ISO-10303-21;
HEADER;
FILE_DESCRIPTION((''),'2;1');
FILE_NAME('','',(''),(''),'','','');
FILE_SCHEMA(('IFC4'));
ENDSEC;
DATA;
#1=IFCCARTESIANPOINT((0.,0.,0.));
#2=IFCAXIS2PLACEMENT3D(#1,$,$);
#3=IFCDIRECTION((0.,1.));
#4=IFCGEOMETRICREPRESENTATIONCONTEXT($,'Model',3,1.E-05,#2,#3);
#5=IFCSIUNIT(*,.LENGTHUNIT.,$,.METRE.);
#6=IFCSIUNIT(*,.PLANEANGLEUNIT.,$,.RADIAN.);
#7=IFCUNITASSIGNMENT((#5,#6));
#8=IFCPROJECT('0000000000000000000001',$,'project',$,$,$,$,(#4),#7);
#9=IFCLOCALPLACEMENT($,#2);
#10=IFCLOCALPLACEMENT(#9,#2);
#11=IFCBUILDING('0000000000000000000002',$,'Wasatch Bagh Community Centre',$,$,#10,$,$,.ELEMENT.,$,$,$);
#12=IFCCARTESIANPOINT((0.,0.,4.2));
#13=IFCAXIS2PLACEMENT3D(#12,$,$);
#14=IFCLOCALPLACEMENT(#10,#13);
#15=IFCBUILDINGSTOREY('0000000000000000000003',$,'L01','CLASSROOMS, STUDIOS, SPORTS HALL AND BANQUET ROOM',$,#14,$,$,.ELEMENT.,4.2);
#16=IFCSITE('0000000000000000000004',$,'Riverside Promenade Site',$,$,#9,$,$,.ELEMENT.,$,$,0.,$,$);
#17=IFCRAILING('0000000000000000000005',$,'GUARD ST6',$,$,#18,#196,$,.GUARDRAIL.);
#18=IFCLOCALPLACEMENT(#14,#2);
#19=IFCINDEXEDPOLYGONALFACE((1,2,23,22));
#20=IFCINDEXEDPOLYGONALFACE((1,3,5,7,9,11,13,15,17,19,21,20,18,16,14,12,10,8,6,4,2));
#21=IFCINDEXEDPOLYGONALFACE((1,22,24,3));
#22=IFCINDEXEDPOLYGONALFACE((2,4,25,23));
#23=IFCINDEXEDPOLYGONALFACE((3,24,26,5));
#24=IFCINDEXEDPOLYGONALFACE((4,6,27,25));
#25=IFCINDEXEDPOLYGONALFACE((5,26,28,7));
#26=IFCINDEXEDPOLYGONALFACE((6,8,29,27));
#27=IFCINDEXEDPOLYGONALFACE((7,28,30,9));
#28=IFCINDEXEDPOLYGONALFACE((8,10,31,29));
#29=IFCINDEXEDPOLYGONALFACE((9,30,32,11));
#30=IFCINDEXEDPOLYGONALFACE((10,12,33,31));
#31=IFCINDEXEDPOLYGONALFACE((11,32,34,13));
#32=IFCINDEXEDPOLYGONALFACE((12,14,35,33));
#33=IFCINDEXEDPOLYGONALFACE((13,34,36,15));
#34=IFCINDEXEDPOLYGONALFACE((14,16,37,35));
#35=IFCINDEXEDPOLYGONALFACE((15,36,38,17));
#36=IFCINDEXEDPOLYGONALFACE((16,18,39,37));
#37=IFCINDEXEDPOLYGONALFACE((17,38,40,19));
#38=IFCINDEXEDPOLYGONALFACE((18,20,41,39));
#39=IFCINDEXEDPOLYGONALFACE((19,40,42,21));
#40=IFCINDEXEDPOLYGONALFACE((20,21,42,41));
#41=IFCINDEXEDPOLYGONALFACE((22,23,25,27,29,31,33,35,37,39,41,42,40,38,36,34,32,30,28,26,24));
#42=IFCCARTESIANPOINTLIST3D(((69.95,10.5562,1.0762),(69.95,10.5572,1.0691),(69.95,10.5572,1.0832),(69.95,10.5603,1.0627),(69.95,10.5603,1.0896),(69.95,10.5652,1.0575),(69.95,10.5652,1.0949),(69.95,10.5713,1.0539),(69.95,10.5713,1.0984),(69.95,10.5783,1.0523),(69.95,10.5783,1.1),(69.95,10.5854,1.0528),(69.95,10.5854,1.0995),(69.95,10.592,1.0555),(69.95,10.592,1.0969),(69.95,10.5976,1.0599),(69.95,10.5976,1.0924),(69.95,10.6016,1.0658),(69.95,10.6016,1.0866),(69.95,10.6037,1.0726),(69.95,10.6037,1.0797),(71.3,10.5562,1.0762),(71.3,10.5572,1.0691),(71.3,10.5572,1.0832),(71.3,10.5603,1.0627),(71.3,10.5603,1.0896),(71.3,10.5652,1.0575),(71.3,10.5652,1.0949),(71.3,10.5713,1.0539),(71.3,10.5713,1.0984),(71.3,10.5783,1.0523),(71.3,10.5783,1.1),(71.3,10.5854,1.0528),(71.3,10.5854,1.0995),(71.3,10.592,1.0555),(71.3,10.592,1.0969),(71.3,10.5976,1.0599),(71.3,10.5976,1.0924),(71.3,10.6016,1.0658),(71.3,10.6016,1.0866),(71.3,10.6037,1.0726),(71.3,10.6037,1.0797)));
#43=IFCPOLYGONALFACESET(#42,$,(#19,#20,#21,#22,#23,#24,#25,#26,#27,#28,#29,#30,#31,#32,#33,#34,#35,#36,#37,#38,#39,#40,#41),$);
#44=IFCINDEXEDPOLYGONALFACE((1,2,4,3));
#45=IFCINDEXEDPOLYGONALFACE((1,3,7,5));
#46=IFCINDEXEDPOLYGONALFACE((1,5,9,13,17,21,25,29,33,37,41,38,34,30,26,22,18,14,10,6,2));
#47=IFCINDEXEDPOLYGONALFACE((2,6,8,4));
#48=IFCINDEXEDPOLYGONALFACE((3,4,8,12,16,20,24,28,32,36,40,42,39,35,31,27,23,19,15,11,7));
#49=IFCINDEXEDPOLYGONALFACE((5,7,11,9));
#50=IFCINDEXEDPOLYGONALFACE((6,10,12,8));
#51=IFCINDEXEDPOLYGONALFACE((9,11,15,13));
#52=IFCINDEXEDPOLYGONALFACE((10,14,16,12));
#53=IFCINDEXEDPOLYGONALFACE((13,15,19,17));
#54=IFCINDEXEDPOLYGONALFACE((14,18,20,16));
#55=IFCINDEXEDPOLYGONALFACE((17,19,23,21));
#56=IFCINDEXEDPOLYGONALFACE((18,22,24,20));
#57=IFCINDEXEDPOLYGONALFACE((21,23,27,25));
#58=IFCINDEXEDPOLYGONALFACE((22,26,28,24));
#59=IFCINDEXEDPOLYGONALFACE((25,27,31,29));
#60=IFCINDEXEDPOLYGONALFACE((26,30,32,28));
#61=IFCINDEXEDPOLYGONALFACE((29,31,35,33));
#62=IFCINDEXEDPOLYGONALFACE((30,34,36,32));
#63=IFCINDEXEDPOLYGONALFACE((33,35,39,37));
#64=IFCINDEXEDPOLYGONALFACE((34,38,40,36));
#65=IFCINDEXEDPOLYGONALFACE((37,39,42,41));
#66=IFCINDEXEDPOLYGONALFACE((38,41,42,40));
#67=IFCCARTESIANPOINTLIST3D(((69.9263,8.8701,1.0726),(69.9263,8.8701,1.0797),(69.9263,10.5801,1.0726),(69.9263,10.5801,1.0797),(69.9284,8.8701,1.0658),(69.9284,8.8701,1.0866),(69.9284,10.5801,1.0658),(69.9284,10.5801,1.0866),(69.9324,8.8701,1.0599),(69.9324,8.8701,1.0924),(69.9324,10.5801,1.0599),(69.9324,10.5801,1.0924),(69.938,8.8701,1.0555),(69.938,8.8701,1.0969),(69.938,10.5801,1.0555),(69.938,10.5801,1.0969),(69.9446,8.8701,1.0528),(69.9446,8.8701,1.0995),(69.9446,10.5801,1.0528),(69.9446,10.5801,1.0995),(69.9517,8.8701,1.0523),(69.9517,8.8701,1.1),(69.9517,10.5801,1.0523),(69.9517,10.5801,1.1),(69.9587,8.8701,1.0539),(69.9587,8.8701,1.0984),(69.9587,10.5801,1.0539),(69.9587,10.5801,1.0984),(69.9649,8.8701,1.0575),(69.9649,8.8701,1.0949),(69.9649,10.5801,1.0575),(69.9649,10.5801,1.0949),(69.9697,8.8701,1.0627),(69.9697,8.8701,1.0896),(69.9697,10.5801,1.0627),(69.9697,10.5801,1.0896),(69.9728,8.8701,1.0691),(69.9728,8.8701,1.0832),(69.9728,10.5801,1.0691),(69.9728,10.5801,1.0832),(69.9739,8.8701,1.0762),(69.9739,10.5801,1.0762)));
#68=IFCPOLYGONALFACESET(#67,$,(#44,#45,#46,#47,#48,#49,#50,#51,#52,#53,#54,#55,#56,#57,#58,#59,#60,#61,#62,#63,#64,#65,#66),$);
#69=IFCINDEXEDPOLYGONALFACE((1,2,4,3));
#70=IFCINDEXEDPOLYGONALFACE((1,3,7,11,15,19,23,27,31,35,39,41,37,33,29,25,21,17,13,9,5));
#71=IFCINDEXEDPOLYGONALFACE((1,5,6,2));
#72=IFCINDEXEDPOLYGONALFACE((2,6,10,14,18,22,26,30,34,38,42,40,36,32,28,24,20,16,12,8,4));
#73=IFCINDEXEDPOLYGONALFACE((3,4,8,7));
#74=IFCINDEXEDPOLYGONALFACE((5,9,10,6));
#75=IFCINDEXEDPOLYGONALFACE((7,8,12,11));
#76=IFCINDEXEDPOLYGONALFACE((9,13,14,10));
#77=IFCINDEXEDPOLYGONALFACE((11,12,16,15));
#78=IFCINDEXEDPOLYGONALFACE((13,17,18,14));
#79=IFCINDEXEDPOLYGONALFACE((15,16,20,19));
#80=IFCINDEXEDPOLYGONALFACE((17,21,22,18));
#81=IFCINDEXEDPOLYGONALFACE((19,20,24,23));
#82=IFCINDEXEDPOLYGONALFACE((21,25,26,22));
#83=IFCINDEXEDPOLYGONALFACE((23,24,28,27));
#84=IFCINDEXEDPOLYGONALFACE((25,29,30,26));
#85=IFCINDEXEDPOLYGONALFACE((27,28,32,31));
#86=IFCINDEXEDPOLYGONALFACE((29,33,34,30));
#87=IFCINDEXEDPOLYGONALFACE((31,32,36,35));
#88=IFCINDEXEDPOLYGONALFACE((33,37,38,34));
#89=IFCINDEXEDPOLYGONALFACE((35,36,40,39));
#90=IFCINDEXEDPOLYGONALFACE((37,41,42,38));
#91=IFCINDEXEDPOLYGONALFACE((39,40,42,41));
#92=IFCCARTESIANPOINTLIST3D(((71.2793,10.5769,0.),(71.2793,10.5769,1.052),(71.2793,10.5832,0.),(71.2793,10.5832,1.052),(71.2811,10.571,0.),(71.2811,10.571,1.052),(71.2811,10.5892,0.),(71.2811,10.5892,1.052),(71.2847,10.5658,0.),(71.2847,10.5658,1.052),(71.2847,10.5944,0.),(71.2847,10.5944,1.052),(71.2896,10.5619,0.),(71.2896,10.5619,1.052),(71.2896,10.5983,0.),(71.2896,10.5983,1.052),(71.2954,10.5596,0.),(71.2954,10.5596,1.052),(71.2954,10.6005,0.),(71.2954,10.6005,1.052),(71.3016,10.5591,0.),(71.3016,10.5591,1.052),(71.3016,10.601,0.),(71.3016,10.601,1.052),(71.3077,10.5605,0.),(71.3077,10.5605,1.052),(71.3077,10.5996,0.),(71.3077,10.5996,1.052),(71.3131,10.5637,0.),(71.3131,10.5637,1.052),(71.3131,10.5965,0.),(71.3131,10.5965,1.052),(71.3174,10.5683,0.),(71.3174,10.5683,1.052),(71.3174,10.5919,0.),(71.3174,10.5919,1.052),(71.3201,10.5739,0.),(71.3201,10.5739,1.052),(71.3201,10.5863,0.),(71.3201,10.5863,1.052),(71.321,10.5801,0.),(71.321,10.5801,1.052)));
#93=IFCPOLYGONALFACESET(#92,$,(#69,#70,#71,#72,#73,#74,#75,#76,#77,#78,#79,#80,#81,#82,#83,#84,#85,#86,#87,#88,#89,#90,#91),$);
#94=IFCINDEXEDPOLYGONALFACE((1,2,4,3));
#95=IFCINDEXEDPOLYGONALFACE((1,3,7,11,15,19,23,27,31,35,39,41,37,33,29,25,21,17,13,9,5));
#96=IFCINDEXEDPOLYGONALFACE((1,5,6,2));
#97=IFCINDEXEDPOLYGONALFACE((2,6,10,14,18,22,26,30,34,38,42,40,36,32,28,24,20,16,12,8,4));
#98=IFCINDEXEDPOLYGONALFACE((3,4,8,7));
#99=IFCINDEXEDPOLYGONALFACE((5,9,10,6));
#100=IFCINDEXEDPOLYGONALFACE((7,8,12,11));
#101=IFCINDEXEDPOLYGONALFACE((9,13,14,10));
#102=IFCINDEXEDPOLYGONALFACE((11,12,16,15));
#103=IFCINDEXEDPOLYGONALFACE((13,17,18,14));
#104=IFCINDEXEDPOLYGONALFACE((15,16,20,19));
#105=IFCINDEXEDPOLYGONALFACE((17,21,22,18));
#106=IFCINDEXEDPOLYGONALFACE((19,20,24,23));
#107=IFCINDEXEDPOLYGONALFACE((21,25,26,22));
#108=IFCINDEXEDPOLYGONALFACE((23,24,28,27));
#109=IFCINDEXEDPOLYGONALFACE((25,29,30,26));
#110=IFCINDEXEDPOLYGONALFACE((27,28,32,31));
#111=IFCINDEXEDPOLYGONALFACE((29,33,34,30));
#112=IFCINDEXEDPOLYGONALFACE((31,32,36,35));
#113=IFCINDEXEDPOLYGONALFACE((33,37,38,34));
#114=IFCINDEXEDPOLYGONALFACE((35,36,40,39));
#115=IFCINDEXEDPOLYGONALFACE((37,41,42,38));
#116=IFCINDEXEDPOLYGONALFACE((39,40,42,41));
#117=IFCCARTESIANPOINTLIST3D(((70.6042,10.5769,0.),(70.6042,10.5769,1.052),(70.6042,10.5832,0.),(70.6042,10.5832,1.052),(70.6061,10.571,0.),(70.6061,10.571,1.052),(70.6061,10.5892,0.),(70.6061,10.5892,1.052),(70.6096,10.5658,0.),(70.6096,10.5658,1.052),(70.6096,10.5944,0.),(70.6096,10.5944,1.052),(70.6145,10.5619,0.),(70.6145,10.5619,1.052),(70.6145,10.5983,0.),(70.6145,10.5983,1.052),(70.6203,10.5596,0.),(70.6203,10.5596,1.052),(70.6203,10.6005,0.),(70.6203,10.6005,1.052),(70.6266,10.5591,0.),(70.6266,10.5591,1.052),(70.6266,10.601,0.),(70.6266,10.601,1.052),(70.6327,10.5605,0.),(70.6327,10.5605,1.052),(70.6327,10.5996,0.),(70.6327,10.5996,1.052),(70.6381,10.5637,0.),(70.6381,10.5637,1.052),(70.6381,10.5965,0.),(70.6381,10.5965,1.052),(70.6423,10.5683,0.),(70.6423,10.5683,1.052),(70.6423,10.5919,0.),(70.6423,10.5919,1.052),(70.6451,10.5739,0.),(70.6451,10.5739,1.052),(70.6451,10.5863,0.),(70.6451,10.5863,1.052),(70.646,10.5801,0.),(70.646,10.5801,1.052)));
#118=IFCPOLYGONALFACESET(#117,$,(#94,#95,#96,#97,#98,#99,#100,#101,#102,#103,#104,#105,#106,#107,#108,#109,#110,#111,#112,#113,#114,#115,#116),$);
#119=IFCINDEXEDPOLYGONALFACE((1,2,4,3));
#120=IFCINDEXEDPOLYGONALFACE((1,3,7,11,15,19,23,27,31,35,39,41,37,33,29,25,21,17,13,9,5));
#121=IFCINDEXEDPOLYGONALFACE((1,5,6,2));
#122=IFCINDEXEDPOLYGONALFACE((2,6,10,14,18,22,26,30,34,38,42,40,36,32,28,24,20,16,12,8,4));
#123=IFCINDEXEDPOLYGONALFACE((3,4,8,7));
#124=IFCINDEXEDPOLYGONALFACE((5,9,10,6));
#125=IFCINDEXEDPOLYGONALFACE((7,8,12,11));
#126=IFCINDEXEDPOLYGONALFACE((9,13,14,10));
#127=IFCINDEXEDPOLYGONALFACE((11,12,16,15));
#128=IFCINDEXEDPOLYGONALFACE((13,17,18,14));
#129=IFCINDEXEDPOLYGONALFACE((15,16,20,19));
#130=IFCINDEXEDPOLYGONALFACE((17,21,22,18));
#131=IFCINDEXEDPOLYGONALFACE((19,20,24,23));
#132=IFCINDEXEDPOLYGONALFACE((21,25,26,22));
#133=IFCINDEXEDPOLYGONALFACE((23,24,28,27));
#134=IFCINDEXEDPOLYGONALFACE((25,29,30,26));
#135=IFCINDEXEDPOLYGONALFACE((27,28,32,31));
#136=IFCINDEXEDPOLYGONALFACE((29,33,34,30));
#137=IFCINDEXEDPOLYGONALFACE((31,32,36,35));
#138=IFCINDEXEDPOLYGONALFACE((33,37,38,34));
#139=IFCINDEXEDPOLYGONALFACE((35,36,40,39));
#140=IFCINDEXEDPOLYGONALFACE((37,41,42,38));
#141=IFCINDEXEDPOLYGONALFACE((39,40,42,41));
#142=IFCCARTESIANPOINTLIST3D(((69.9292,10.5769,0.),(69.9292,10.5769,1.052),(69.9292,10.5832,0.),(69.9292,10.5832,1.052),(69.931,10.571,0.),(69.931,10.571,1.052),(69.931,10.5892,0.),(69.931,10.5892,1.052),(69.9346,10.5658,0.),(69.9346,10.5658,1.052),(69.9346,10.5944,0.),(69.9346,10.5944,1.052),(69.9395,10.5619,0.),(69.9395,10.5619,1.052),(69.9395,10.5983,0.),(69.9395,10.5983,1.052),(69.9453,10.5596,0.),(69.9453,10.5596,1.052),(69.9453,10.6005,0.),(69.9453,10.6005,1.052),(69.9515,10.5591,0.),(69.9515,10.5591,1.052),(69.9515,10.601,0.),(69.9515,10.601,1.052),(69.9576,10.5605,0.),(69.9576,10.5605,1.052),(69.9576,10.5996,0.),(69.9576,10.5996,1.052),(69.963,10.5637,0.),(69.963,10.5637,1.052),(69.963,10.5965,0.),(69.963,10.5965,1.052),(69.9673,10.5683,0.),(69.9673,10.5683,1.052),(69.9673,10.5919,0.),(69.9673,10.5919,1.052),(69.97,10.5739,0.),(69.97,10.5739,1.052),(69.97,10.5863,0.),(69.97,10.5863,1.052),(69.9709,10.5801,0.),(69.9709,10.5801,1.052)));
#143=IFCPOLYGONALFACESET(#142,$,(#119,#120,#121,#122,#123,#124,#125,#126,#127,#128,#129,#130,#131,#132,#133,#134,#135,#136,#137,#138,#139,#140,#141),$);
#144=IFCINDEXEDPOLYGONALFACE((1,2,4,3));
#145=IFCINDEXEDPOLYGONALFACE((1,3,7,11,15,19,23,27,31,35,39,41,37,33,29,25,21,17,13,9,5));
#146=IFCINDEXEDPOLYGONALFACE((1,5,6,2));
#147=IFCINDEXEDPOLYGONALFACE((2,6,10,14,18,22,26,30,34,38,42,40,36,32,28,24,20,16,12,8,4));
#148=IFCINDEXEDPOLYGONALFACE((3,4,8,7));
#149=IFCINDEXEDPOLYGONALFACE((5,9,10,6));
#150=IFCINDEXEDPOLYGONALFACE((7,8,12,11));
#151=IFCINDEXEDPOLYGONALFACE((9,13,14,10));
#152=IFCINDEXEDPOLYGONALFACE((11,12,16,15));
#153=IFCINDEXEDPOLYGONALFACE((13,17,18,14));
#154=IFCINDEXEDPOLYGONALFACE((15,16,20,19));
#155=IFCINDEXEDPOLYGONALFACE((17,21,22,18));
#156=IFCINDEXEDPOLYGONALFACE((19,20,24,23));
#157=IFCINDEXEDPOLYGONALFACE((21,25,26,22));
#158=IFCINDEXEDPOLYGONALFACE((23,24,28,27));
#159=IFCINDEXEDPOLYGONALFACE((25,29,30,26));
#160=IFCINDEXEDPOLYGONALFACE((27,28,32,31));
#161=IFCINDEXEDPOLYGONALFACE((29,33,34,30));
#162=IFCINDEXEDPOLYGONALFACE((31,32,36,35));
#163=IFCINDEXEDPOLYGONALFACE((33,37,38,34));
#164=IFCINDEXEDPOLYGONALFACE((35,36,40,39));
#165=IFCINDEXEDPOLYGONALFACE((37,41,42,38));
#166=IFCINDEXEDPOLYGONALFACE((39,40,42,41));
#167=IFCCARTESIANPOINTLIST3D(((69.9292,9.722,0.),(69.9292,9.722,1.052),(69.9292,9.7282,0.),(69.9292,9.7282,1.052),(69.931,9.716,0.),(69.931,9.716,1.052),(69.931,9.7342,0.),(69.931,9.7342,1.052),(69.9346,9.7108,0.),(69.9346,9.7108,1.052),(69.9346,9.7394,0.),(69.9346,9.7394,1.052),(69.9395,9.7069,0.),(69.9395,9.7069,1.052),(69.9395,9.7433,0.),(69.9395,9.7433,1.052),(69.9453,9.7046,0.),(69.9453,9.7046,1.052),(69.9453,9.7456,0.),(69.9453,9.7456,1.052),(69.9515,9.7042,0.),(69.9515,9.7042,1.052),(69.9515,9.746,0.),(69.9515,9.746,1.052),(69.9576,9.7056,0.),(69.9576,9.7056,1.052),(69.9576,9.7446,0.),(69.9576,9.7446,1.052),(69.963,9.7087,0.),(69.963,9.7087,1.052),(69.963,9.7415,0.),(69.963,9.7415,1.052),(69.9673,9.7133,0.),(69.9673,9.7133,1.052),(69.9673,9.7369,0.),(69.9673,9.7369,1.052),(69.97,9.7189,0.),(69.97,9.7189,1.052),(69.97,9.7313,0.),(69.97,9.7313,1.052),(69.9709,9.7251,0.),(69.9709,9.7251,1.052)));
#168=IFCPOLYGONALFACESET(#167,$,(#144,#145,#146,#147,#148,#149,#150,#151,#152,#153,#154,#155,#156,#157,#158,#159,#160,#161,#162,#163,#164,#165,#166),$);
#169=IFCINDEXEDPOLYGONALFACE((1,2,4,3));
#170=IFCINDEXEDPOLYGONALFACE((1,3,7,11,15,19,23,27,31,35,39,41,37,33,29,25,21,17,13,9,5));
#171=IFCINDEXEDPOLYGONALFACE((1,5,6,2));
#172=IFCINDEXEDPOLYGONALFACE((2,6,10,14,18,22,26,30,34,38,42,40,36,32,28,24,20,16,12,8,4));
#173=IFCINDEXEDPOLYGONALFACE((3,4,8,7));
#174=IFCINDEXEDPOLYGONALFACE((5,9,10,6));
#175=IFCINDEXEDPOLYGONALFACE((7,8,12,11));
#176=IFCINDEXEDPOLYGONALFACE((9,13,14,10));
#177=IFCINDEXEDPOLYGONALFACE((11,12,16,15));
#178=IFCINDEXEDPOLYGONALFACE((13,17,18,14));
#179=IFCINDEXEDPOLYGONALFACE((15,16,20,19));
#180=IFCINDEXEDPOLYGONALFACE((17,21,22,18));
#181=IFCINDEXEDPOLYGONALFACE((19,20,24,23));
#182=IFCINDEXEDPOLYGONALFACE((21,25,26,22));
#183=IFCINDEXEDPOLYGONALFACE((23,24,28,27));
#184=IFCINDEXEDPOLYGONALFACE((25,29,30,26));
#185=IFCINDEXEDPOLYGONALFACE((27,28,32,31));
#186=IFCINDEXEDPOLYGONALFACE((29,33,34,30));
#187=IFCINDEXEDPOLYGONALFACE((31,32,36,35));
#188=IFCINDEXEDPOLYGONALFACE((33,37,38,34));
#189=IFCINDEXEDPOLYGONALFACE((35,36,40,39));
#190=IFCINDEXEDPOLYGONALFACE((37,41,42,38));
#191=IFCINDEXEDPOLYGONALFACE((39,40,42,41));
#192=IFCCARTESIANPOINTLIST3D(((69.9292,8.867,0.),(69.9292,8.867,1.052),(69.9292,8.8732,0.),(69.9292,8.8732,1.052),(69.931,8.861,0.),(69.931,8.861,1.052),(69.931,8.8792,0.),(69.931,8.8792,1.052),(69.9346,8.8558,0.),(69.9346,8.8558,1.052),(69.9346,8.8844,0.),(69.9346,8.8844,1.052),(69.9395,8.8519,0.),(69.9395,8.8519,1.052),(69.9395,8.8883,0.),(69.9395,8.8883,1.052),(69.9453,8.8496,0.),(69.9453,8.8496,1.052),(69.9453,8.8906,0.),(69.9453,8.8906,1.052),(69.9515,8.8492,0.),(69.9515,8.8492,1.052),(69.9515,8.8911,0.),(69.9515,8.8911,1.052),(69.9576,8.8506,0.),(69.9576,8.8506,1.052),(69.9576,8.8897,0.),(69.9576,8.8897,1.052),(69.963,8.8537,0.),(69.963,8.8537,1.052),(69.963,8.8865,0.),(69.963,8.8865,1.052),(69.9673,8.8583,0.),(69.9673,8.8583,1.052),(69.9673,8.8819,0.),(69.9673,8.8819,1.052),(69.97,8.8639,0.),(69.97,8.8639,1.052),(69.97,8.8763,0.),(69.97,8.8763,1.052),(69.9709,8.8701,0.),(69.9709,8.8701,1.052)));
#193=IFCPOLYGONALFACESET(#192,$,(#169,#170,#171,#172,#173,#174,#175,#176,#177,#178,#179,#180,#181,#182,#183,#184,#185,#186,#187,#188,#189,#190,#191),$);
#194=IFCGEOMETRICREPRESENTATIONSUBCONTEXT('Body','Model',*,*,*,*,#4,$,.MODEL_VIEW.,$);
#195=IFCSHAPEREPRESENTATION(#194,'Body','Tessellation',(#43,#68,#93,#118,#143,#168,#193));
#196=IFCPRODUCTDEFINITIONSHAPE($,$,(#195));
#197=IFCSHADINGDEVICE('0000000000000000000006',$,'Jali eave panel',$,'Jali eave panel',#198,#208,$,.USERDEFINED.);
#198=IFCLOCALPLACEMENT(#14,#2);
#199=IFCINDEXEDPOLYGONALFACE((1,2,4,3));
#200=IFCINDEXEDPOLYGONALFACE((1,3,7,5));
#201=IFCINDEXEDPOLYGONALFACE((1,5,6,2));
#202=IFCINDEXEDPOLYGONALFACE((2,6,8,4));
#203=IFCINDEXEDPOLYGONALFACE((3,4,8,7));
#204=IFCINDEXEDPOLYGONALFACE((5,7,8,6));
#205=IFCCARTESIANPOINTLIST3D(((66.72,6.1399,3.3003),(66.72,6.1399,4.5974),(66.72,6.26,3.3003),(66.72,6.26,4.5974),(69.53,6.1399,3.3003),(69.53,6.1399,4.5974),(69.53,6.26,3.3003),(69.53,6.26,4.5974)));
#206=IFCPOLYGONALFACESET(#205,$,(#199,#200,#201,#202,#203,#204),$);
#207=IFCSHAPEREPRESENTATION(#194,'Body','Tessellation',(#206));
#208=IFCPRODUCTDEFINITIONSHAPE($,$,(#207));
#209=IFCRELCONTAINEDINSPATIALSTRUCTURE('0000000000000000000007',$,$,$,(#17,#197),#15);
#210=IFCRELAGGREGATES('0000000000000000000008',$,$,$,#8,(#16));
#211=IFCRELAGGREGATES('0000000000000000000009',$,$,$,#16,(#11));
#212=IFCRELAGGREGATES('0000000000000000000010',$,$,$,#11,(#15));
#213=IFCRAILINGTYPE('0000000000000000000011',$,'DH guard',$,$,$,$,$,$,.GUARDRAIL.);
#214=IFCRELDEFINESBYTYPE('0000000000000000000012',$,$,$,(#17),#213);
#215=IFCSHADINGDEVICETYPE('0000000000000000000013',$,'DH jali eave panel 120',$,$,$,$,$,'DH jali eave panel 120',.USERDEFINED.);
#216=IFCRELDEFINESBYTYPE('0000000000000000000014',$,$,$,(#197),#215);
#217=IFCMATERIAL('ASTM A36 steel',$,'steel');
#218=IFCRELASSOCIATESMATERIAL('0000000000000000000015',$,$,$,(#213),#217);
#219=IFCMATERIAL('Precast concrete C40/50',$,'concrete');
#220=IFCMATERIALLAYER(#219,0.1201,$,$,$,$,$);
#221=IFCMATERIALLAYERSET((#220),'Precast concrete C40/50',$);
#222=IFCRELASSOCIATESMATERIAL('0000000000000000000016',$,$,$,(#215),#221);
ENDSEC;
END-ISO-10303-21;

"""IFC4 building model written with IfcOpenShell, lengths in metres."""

from ifc_helpers import new_model, si_unit, direction, frame, origin, origin_2d, place, context, subcontext, project, spatial, rectangle, circle, extrude, material, layer, layer_set, type_object, element, save


model = new_model("IFC4")

# Units and contexts
model_context = context("Model", 3, precision=1e-05, world=origin(), true_north=direction((0.0, 1.0)))
body_context = subcontext(model_context, "Body", "Model", "MODEL_VIEW")
ifc_project = project(units=[si_unit("LENGTHUNIT", "METRE"), si_unit("PLANEANGLEUNIT", "RADIAN")], contexts=[model_context])

# Site, building, storey
site_placement = place(None, origin())
site = spatial("IfcSite", under=ifc_project, at=site_placement, Name="Riverside Promenade Site", CompositionType="ELEMENT", RefElevation=0.0)
building_placement = place(site_placement, origin())
building = spatial("IfcBuilding", under=site, at=building_placement, Name="Wasatch Bagh Community Centre", CompositionType="ELEMENT")
storey_placement = place(building_placement, frame((0.0, 0.0, 4.2)))
storey = spatial("IfcBuildingStorey", under=building, at=storey_placement, Name="L01", Description="CLASSROOMS, STUDIOS, SPORTS HALL AND BANQUET ROOM", CompositionType="ELEMENT", Elevation=4.2)

# Railing
ifc_material_1 = material(Name="ASTM A36 steel", Category="steel")
railing_type = type_object("IfcRailingType", Name="DH guard", PredefinedType="GUARDRAIL", material=ifc_material_1)
railing_1_placement = place(storey_placement, frame((71.3, 10.5801, 0.0)))
element("IfcRailing", 1, at=railing_1_placement, inside=storey, type_object=railing_type, Name="GUARD ST6", PredefinedType="GUARDRAIL", context=body_context, shape_type="SweptSolid", body=[
    extrude(circle(Radius=0.0239, at=origin_2d()), frame((0.0, 0.0, 1.0762), z_axis=(-1.0, 0.0, 0.0), x_axis=(0.0, -1.0, 0.0)), (0.0, 0.0, 1.0), 1.3501),
    extrude(circle(Radius=0.0239, at=origin_2d()), frame((-1.3501, 0.0, 1.0762), z_axis=(0.0, -1.0, 0.0), x_axis=(1.0, 0.0, 0.0)), (0.0, 0.0, 1.0), 1.71),
    extrude(circle(Radius=0.021, at=origin_2d()), origin(), (0.0, 0.0, 1.0), 1.052),
    extrude(circle(Radius=0.021, at=origin_2d()), frame((-0.675, 0.0, 0.0)), (0.0, 0.0, 1.0), 1.052),
    extrude(circle(Radius=0.021, at=origin_2d()), frame((-1.3501, 0.0, 0.0)), (0.0, 0.0, 1.0), 1.052),
    extrude(circle(Radius=0.021, at=origin_2d()), frame((-1.3501, -0.855, 0.0)), (0.0, 0.0, 1.0), 1.052),
    extrude(circle(Radius=0.021, at=origin_2d()), frame((-1.3501, -1.71, 0.0)), (0.0, 0.0, 1.0), 1.052),
])

# Shading device
ifc_material_2 = material(Name="Precast concrete C40/50", Category="concrete")
ifc_layer_1 = layer(ifc_material_2, 0.1201)
ifc_layer_set_1 = layer_set([ifc_layer_1], Name="Precast concrete C40/50")
shading_device_type = type_object("IfcShadingDeviceType", Name="DH jali eave panel 120", ElementType="DH jali eave panel 120", PredefinedType="USERDEFINED", material=ifc_layer_set_1)
shading_device_1_placement = place(storey_placement, frame((68.125, 6.2, 3.3003), z_axis=(0.0, 0.0, 1.0), x_axis=(1.0, 0.0, 0.0)))
element("IfcShadingDevice", 2, at=shading_device_1_placement, inside=storey, type_object=shading_device_type, Name="Jali eave panel", ObjectType="Jali eave panel", PredefinedType="USERDEFINED", context=body_context, shape_type="SweptSolid", body=[
    extrude(rectangle(XDim=2.8101, YDim=0.1201, at=origin_2d()), origin(), (0.0, 0.0, 1.0), 1.2971),
])

save(model, "model.ifc")
